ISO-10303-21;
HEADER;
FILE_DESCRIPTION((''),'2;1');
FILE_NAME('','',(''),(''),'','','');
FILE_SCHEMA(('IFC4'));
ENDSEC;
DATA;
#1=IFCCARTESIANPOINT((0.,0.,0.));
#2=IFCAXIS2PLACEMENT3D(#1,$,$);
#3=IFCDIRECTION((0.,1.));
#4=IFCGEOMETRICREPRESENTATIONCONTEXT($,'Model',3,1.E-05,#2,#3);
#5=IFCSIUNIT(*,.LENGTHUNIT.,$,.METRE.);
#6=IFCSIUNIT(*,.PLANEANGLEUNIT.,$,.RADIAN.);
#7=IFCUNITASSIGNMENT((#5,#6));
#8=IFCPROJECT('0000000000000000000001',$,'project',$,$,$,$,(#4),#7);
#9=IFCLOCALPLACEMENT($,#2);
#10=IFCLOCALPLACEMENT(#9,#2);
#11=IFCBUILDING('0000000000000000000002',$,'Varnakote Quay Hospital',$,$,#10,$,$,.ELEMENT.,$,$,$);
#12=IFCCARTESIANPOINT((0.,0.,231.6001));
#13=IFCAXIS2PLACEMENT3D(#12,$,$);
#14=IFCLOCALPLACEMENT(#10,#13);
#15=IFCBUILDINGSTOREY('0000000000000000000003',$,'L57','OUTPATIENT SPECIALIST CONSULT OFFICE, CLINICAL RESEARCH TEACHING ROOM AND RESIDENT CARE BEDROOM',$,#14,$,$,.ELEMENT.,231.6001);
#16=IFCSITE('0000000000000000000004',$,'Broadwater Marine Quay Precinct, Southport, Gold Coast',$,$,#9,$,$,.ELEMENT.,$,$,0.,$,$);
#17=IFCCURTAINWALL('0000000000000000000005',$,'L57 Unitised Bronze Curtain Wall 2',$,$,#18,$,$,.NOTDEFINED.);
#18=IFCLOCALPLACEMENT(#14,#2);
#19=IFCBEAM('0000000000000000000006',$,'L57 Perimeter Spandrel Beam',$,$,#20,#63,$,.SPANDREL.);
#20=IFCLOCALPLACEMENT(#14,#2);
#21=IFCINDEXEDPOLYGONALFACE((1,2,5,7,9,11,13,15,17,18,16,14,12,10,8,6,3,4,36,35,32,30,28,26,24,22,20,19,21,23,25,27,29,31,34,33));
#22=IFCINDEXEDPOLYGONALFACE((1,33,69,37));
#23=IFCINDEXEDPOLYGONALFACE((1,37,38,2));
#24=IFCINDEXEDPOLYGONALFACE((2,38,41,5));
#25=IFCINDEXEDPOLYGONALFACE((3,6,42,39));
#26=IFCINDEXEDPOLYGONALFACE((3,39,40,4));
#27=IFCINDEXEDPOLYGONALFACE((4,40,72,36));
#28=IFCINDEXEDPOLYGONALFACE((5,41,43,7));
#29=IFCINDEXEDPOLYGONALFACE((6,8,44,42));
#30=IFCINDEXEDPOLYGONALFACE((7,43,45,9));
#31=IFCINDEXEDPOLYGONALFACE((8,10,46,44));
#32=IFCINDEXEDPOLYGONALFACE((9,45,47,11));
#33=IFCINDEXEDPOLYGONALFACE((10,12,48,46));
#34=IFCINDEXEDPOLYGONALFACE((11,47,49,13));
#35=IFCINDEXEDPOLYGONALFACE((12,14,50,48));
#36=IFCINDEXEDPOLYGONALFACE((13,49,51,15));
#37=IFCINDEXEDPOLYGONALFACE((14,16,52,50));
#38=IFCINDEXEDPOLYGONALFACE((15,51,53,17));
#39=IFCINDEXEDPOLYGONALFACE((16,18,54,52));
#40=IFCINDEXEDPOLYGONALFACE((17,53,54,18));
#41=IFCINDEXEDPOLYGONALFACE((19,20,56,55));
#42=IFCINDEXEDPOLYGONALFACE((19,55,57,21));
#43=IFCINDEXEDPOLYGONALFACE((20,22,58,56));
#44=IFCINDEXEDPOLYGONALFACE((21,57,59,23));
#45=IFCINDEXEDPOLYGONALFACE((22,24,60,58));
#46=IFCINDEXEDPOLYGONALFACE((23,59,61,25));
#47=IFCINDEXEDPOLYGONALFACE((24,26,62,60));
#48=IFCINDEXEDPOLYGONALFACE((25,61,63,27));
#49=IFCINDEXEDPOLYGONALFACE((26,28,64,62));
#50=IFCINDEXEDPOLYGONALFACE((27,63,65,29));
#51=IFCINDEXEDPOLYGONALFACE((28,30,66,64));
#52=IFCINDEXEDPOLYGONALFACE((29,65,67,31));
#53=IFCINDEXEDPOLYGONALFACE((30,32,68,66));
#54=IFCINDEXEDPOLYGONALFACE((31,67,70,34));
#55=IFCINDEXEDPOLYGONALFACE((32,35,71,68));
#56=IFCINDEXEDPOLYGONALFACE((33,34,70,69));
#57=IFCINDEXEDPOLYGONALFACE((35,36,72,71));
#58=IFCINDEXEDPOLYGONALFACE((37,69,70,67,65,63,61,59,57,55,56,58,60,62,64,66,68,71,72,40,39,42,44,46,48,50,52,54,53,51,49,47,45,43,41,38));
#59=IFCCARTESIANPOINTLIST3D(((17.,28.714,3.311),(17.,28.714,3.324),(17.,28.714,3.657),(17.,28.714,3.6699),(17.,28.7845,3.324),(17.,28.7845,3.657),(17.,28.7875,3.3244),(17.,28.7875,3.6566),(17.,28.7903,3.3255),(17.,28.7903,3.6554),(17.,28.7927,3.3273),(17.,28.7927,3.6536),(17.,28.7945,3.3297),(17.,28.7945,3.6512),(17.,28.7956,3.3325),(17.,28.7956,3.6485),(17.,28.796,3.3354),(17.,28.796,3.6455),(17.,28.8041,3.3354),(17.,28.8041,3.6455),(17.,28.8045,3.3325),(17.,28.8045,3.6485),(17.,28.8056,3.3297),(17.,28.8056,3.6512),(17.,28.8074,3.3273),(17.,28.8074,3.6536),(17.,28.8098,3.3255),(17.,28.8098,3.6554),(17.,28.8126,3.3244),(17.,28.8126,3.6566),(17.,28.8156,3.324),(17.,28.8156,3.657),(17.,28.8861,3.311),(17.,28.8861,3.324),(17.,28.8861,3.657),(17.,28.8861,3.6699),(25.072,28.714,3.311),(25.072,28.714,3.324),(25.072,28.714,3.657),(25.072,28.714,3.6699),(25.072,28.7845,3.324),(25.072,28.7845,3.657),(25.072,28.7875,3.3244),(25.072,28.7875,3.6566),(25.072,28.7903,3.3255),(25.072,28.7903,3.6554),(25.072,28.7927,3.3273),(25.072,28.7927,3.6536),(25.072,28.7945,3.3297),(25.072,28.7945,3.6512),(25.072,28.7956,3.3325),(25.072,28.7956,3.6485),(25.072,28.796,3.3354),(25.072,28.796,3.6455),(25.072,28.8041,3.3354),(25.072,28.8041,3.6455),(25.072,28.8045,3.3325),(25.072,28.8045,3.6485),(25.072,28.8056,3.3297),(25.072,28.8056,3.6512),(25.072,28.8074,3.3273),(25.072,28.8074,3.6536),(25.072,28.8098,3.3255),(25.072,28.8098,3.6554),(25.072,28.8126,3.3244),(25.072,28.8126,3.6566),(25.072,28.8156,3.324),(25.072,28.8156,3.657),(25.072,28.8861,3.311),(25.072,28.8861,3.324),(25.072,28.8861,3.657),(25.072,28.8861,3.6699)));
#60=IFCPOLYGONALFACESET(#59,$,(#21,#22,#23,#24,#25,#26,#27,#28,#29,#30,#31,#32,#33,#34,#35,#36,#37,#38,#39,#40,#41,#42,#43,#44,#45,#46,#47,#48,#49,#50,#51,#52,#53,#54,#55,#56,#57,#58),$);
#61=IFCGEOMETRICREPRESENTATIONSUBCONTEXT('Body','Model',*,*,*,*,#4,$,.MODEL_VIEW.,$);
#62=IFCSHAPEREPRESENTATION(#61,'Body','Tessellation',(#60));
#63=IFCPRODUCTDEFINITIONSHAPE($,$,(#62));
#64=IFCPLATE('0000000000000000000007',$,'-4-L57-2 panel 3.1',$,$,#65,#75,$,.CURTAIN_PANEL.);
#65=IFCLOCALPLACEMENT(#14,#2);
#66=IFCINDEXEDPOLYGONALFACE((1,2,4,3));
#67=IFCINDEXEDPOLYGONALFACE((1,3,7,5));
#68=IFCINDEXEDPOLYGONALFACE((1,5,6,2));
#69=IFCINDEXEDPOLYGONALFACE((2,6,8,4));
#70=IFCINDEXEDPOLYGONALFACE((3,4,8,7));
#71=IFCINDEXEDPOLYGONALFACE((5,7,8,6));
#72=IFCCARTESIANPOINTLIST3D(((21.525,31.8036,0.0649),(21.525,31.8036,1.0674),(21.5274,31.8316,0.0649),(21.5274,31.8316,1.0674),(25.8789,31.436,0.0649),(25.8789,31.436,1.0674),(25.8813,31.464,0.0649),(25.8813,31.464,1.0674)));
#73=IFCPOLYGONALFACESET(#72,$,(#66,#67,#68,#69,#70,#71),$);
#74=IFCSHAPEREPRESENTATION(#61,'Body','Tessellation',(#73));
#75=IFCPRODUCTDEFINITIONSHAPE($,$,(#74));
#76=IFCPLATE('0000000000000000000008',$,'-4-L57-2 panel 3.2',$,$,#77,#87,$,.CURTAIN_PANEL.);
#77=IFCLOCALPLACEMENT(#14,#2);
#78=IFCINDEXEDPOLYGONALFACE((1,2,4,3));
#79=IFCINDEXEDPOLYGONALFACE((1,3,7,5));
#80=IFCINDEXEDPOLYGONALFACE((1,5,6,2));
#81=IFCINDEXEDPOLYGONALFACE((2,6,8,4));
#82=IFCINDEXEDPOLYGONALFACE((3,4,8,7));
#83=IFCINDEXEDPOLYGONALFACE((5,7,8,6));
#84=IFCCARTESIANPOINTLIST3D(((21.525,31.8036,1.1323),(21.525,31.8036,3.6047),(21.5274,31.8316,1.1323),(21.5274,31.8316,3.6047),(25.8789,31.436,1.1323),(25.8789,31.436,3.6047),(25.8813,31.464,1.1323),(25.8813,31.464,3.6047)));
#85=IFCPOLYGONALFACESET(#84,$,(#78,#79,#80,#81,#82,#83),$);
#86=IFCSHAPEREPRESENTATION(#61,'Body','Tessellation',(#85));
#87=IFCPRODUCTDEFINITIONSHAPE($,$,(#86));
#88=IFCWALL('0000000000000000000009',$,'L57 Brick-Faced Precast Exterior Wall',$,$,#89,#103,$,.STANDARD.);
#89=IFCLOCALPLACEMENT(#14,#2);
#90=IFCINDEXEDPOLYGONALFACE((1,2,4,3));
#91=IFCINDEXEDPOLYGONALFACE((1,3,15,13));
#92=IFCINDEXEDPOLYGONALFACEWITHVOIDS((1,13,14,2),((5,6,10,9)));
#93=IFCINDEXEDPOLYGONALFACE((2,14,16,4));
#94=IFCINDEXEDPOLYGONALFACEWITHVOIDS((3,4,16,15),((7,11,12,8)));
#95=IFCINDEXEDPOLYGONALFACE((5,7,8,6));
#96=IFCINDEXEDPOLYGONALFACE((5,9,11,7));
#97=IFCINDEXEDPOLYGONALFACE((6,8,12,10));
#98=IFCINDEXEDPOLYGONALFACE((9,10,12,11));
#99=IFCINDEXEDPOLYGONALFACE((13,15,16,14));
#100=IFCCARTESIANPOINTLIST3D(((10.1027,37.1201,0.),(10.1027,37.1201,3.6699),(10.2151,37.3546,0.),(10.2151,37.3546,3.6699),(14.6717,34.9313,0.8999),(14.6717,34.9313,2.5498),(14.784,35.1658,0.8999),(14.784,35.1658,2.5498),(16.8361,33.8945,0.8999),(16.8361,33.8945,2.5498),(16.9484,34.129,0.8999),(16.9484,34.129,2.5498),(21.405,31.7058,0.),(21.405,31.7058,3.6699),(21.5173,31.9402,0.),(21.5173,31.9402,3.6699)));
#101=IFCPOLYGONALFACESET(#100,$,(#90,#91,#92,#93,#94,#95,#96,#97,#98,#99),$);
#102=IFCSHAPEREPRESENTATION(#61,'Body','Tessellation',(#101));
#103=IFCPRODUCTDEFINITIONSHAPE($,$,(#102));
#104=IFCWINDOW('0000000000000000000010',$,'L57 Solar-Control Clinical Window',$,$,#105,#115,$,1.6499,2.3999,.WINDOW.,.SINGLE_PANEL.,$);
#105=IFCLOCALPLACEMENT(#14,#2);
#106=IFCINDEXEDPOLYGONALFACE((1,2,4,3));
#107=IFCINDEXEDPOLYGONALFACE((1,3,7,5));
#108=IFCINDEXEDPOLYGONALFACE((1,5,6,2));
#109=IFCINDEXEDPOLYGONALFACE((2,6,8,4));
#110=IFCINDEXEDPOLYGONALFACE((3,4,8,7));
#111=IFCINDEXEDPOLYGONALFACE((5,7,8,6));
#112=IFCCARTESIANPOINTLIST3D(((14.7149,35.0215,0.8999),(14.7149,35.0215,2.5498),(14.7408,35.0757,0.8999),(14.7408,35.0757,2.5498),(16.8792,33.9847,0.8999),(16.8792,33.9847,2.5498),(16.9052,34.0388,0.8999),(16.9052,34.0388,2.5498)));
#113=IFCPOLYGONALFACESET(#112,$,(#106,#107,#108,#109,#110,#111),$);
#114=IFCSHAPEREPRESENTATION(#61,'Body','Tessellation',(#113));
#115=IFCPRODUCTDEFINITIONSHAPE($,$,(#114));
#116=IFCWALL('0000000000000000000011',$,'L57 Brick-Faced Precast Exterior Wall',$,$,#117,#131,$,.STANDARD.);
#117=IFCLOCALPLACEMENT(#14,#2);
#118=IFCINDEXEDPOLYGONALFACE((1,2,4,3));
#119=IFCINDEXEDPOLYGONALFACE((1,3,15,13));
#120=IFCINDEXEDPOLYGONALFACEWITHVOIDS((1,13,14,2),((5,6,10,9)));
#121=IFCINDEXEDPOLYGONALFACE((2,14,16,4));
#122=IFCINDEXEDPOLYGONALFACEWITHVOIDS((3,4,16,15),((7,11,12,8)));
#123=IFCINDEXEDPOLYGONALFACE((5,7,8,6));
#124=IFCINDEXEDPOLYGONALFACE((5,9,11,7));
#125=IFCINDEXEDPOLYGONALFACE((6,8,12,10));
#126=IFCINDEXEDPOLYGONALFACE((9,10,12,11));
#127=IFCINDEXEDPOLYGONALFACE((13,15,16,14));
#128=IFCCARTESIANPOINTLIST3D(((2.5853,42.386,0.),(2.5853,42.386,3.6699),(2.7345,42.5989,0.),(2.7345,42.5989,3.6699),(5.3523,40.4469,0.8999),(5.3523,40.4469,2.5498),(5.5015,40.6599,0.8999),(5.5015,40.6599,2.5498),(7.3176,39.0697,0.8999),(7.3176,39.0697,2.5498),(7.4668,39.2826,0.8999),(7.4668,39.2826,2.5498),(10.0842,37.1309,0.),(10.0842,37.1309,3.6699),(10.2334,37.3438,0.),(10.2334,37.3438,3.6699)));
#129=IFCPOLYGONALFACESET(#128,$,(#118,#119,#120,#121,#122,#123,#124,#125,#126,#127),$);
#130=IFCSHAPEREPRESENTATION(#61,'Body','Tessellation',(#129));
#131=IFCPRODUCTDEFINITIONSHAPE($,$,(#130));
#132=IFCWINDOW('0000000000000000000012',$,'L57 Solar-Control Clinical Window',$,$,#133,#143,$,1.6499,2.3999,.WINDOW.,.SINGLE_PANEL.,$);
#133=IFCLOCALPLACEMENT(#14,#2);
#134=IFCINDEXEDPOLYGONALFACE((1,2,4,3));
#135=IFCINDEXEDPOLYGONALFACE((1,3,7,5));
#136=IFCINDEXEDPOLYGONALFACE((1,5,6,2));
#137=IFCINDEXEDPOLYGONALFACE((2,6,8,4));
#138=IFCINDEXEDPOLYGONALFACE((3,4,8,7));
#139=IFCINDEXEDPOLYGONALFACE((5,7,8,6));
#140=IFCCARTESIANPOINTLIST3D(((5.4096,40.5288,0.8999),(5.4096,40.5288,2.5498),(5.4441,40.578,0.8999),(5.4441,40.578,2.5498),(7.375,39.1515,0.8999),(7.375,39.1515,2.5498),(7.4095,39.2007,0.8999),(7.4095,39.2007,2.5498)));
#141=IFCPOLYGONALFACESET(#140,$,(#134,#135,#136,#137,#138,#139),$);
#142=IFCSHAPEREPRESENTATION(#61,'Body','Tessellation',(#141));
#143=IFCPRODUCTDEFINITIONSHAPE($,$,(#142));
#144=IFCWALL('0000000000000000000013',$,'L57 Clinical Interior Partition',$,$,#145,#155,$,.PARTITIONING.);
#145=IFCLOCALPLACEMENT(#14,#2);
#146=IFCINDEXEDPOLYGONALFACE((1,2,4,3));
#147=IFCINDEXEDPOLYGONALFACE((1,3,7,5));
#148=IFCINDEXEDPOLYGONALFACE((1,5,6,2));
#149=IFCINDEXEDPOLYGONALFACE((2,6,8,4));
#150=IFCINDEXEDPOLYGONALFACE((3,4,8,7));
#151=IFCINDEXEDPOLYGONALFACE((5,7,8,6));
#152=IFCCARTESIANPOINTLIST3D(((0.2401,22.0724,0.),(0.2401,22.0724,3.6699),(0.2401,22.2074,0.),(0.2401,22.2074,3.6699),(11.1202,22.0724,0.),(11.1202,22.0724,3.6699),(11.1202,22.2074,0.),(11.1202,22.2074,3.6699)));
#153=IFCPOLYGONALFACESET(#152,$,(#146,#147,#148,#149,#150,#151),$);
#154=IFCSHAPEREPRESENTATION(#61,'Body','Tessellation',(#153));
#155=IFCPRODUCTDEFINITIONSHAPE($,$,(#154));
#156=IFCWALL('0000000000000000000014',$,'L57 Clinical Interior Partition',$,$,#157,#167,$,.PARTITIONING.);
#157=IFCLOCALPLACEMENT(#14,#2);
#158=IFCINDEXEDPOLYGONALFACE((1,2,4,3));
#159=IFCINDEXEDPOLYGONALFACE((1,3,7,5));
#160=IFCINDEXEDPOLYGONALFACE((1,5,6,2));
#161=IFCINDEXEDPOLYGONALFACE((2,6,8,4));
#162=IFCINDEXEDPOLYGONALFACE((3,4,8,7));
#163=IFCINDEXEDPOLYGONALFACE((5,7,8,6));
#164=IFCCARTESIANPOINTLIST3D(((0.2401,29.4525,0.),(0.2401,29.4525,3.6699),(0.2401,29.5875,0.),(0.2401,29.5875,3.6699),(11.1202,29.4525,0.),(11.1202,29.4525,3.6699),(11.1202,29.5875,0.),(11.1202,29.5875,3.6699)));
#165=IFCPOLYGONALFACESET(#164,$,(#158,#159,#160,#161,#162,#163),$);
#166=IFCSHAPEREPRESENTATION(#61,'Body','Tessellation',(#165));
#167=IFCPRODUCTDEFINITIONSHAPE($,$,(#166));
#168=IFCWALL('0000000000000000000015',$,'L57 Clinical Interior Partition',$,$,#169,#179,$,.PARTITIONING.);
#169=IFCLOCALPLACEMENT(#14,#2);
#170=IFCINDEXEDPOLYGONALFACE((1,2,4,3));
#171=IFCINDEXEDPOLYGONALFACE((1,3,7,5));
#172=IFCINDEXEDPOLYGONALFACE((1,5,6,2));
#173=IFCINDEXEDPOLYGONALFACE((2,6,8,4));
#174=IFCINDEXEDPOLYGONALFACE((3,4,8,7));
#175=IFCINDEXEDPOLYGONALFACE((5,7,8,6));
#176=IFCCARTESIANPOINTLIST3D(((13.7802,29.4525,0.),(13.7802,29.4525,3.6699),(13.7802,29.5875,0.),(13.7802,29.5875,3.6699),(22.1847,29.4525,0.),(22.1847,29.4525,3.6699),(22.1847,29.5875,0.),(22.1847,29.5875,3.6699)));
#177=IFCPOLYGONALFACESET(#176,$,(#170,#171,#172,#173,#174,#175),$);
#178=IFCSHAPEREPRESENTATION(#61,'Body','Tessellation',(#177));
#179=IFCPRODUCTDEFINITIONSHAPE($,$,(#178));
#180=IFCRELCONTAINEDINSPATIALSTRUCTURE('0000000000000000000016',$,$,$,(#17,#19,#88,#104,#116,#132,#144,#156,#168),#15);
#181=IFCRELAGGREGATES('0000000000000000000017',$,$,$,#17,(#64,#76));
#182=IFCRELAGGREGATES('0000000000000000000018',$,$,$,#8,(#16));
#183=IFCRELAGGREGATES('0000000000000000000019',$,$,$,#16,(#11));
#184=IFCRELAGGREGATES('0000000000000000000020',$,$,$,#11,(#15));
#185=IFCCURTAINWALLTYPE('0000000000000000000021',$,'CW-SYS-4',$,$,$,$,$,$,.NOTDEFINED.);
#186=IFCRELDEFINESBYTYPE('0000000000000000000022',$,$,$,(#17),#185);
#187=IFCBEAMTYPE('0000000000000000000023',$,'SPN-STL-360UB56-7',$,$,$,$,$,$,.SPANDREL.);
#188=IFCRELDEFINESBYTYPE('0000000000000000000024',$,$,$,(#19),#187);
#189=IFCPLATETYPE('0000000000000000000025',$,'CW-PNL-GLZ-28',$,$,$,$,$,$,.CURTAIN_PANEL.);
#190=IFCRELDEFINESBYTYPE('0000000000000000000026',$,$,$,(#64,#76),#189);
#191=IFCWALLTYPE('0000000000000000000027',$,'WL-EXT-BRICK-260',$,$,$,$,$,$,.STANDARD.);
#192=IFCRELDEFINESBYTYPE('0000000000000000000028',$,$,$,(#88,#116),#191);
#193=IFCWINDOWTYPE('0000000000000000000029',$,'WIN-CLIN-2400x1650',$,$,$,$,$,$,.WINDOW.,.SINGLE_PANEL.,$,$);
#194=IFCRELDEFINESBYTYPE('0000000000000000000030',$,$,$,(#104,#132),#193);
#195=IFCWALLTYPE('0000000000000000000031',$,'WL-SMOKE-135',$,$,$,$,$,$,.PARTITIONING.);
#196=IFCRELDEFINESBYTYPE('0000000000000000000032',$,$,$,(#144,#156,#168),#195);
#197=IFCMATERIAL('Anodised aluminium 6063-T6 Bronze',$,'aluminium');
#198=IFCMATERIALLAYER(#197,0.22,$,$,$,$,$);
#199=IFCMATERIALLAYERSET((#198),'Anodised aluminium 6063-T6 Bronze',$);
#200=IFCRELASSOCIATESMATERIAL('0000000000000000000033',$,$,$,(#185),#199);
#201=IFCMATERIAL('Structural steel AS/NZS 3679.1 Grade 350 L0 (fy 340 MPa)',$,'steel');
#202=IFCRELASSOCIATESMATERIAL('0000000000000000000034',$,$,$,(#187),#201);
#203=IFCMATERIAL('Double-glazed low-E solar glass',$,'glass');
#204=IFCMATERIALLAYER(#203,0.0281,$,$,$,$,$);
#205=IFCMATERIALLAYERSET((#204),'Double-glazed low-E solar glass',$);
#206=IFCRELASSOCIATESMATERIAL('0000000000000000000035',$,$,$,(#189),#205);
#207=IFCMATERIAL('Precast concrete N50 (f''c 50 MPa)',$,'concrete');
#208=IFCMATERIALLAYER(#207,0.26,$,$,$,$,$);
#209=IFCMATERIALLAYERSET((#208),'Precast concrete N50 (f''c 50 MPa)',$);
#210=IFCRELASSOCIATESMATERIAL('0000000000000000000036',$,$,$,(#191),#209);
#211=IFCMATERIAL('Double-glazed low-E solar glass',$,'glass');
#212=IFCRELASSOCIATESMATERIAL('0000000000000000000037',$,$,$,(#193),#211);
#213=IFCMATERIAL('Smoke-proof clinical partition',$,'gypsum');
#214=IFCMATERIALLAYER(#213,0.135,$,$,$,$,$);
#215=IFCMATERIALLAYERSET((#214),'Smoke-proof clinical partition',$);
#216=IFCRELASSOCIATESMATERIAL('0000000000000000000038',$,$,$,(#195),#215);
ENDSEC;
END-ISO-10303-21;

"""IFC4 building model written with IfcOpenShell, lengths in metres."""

from ifc_helpers import new_model, si_unit, direction, frame, frame_2d, origin, origin_2d, place, context, subcontext, project, spatial, rectangle, i_section, extrude, material, layer, layer_set, material_profile, profile_set, type_object, element, fill, aggregate, save


model = new_model("IFC4")

# Units and contexts
model_context = context("Model", 3, precision=1e-05, world=origin(), true_north=direction((0.0, 1.0)))
body_context = subcontext(model_context, "Body", "Model", "MODEL_VIEW")
ifc_project = project(units=[si_unit("LENGTHUNIT", "METRE"), si_unit("PLANEANGLEUNIT", "RADIAN")], contexts=[model_context])

# Site, building, storey
site_placement = place(None, origin())
site = spatial("IfcSite", under=ifc_project, at=site_placement, Name="Broadwater Marine Quay Precinct, Southport, Gold Coast", CompositionType="ELEMENT", RefElevation=0.0)
building_placement = place(site_placement, origin())
building = spatial("IfcBuilding", under=site, at=building_placement, Name="Varnakote Quay Hospital", CompositionType="ELEMENT")
storey_placement = place(building_placement, frame((0.0, 0.0, 231.6001)))
storey = spatial("IfcBuildingStorey", under=building, at=storey_placement, Name="L57", Description="OUTPATIENT SPECIALIST CONSULT OFFICE, CLINICAL RESEARCH TEACHING ROOM AND RESIDENT CARE BEDROOM", CompositionType="ELEMENT", Elevation=231.6001)

# Curtain wall
ifc_material_1 = material(Name="Anodised aluminium 6063-T6 Bronze", Category="aluminium")
ifc_layer_1 = layer(ifc_material_1, 0.22)
ifc_layer_set_1 = layer_set([ifc_layer_1], Name="Anodised aluminium 6063-T6 Bronze")
curtain_wall_type = type_object("IfcCurtainWallType", Name="CW-SYS-4", PredefinedType="NOTDEFINED", material=ifc_layer_set_1)
curtain_wall_placement = place(storey_placement, origin())
curtain_wall = element("IfcCurtainWall", 1, at=curtain_wall_placement, inside=storey, type_object=curtain_wall_type, Name="L57 Unitised Bronze Curtain Wall 2", PredefinedType="NOTDEFINED")

# Beam
ifc_material_2 = material(Name="Structural steel AS/NZS 3679.1 Grade 350 L0 (fy 340 MPa)", Category="steel")
ifc_material_profile_1 = material_profile(ifc_material_2, i_section(OverallWidth=0.1721, OverallDepth=0.3589, WebThickness=0.0081, FlangeThickness=0.0129, FilletRadius=0.0115, at=origin_2d()), Name="360UB56.7")
ifc_profile_set_1 = profile_set([ifc_material_profile_1], Name="Structural steel AS/NZS 3679.1 Grade 350 L0 (fy 340 MPa)")
beam_type_1 = type_object("IfcBeamType", Name="SPN-STL-360UB56-7", PredefinedType="SPANDREL", material=ifc_profile_set_1)
beam_1_placement = place(storey_placement, frame((17.0, 28.8, 3.4905), z_axis=(1.0, 0.0, 0.0), x_axis=(0.0, 1.0, 0.0)))
element("IfcBeam", 2, at=beam_1_placement, inside=storey, type_object=beam_type_1, Name="L57 Perimeter Spandrel Beam", PredefinedType="SPANDREL", context=body_context, shape_type="SweptSolid", body=[
    extrude(i_section(OverallWidth=0.1721, OverallDepth=0.3589, WebThickness=0.0081, FlangeThickness=0.0129, FilletRadius=0.0115, at=origin_2d()), origin(), (0.0, 0.0, 1.0), 8.072),
])

# Plates
ifc_material_3 = material(Name="Double-glazed low-E solar glass", Category="glass")
ifc_layer_2 = layer(ifc_material_3, 0.0281)
ifc_layer_set_2 = layer_set([ifc_layer_2], Name="Double-glazed low-E solar glass")
plate_type = type_object("IfcPlateType", Name="CW-PNL-GLZ-28", PredefinedType="CURTAIN_PANEL", material=ifc_layer_set_2)
plate_1_placement = place(storey_placement, frame((23.7031, 31.6338, 0.0649), z_axis=(0.0, 0.0, 1.0), x_axis=(-0.996454, 0.084136, 0.0)))
plate_1 = element("IfcPlate", 3, at=plate_1_placement, type_object=plate_type, Name="-4-L57-2 panel 3.1", PredefinedType="CURTAIN_PANEL", context=body_context, shape_type="SweptSolid", body=[
    extrude(rectangle(XDim=4.3694, YDim=0.0281, at=origin_2d()), origin(), (0.0, 0.0, 1.0), 1.0024),
])
plate_2_placement = place(storey_placement, frame((23.7031, 31.6338, 1.1323), z_axis=(0.0, 0.0, 1.0), x_axis=(-0.996454, 0.084136, 0.0)))
plate_2 = element("IfcPlate", 4, at=plate_2_placement, type_object=plate_type, Name="-4-L57-2 panel 3.2", PredefinedType="CURTAIN_PANEL", context=body_context, shape_type="SweptSolid", body=[
    extrude(rectangle(XDim=4.3694, YDim=0.0281, at=origin_2d()), origin(), (0.0, 0.0, 1.0), 2.4724),
])
aggregate(curtain_wall, [plate_1, plate_2])

# Walls, openings, windows
ifc_material_4 = material(Name="Precast concrete N50 (f'c 50 MPa)", Category="concrete")
ifc_layer_3 = layer(ifc_material_4, 0.26)
ifc_layer_set_3 = layer_set([ifc_layer_3], Name="Precast concrete N50 (f'c 50 MPa)")
wall_type_1 = type_object("IfcWallType", Name="WL-EXT-BRICK-260", PredefinedType="STANDARD", material=ifc_layer_set_3)
wall_1_placement = place(storey_placement, frame((21.4612, 31.823, 0.0), z_axis=(0.0, 0.0, 1.0), x_axis=(-0.901858, 0.432032, 0.0)))
wall_1 = element("IfcWall", 5, at=wall_1_placement, inside=storey, type_object=wall_type_1, Name="L57 Brick-Faced Precast Exterior Wall", PredefinedType="STANDARD", context=body_context, shape_type="SweptSolid", body=[
    extrude(rectangle(XDim=12.5322, YDim=0.26, at=frame_2d((6.2661, 0.0))), origin(), (0.0, 0.0, 1.0), 3.6699),
])
opening_1_placement = place(wall_1_placement, frame((5.0662, 0.0, 0.8999)))
opening_1 = element("IfcOpeningElement", 6, at=opening_1_placement, cuts=wall_1, PredefinedType="OPENING", context=body_context, shape_type="SweptSolid", body=[
    extrude(rectangle(XDim=2.3999, YDim=1.6499, at=frame_2d((1.2, 0.825))), frame((0.0, 0.1399, 0.0), z_axis=(0.0, -1.0, 0.0), x_axis=(1.0, 0.0, 0.0)), (0.0, 0.0, 1.0), 0.28),
])
ifc_material_5 = material(Name="Double-glazed low-E solar glass", Category="glass")
window_type = type_object("IfcWindowType", Name="WIN-CLIN-2400x1650", PartitioningType="SINGLE_PANEL", PredefinedType="WINDOW", material=ifc_material_5)
window_1_placement = place(opening_1_placement, origin())
window_1 = element("IfcWindow", 7, at=window_1_placement, inside=storey, type_object=window_type, Name="L57 Solar-Control Clinical Window", OverallHeight=1.6499, OverallWidth=2.3999, PartitioningType="SINGLE_PANEL", PredefinedType="WINDOW", context=body_context, shape_type="SweptSolid", body=[
    extrude(rectangle(XDim=2.3999, YDim=1.6499, at=frame_2d((1.2, 0.825))), frame((0.0, 0.03, 0.0), z_axis=(0.0, -1.0, 0.0), x_axis=(1.0, 0.0, 0.0)), (0.0, 0.0, 1.0), 0.0601),
])
fill(opening_1, window_1)
wall_2_placement = place(storey_placement, frame((10.1589, 37.2373, 0.0), z_axis=(0.0, 0.0, 1.0), x_axis=(-0.818934, 0.573888, 0.0)))
wall_2 = element("IfcWall", 8, at=wall_2_placement, inside=storey, type_object=wall_type_1, Name="L57 Brick-Faced Precast Exterior Wall", PredefinedType="STANDARD", context=body_context, shape_type="SweptSolid", body=[
    extrude(rectangle(XDim=9.157, YDim=0.26, at=frame_2d((4.5786, 0.0))), origin(), (0.0, 0.0, 1.0), 3.6699),
])
opening_2_placement = place(wall_2_placement, frame((3.3784, 0.0, 0.8999)))
opening_2 = element("IfcOpeningElement", 9, at=opening_2_placement, cuts=wall_2, PredefinedType="OPENING", context=body_context, shape_type="SweptSolid", body=[
    extrude(rectangle(XDim=2.3999, YDim=1.6499, at=frame_2d((1.2, 0.825))), frame((0.0, 0.1399, 0.0), z_axis=(0.0, -1.0, 0.0), x_axis=(1.0, 0.0, 0.0)), (0.0, 0.0, 1.0), 0.28),
])
window_2_placement = place(opening_2_placement, origin())
window_2 = element("IfcWindow", 10, at=window_2_placement, inside=storey, type_object=window_type, Name="L57 Solar-Control Clinical Window", OverallHeight=1.6499, OverallWidth=2.3999, PartitioningType="SINGLE_PANEL", PredefinedType="WINDOW", context=body_context, shape_type="SweptSolid", body=[
    extrude(rectangle(XDim=2.3999, YDim=1.6499, at=frame_2d((1.2, 0.825))), frame((0.0, 0.03, 0.0), z_axis=(0.0, -1.0, 0.0), x_axis=(1.0, 0.0, 0.0)), (0.0, 0.0, 1.0), 0.0601),
])
fill(opening_2, window_2)

# Walls
ifc_material_6 = material(Name="Smoke-proof clinical partition", Category="gypsum")
ifc_layer_4 = layer(ifc_material_6, 0.135)
ifc_layer_set_4 = layer_set([ifc_layer_4], Name="Smoke-proof clinical partition")
wall_type_2 = type_object("IfcWallType", Name="WL-SMOKE-135", PredefinedType="PARTITIONING", material=ifc_layer_set_4)
for number, where, z_axis, x_axis, name in (
    (11, (11.1201, 22.1399, 0.0), (0.0, 0.0, 1.0), (-1.0, 0.0, 0.0), "L57 Clinical Interior Partition"),
    (12, (11.1201, 29.52, 0.0), (0.0, 0.0, 1.0), (-1.0, 0.0, 0.0), "L57 Clinical Interior Partition"),
):
    element("IfcWall", number, at=place(storey_placement, frame(where, z_axis=z_axis, x_axis=x_axis)), inside=storey, type_object=wall_type_2, Name=name, PredefinedType="PARTITIONING", context=body_context, shape_type="SweptSolid", body=[
        extrude(rectangle(XDim=10.8801, YDim=0.135, at=frame_2d((5.4399, 0.0))), origin(), (0.0, 0.0, 1.0), 3.6699),
    ])
wall_3_placement = place(storey_placement, frame((22.1846, 29.52, 0.0), z_axis=(0.0, 0.0, 1.0), x_axis=(-1.0, 0.0, 0.0)))
element("IfcWall", 13, at=wall_3_placement, inside=storey, type_object=wall_type_2, Name="L57 Clinical Interior Partition", PredefinedType="PARTITIONING", context=body_context, shape_type="SweptSolid", body=[
    extrude(rectangle(XDim=8.4045, YDim=0.135, at=frame_2d((4.2021, 0.0))), origin(), (0.0, 0.0, 1.0), 3.6699),
])

save(model, "model.ifc")
